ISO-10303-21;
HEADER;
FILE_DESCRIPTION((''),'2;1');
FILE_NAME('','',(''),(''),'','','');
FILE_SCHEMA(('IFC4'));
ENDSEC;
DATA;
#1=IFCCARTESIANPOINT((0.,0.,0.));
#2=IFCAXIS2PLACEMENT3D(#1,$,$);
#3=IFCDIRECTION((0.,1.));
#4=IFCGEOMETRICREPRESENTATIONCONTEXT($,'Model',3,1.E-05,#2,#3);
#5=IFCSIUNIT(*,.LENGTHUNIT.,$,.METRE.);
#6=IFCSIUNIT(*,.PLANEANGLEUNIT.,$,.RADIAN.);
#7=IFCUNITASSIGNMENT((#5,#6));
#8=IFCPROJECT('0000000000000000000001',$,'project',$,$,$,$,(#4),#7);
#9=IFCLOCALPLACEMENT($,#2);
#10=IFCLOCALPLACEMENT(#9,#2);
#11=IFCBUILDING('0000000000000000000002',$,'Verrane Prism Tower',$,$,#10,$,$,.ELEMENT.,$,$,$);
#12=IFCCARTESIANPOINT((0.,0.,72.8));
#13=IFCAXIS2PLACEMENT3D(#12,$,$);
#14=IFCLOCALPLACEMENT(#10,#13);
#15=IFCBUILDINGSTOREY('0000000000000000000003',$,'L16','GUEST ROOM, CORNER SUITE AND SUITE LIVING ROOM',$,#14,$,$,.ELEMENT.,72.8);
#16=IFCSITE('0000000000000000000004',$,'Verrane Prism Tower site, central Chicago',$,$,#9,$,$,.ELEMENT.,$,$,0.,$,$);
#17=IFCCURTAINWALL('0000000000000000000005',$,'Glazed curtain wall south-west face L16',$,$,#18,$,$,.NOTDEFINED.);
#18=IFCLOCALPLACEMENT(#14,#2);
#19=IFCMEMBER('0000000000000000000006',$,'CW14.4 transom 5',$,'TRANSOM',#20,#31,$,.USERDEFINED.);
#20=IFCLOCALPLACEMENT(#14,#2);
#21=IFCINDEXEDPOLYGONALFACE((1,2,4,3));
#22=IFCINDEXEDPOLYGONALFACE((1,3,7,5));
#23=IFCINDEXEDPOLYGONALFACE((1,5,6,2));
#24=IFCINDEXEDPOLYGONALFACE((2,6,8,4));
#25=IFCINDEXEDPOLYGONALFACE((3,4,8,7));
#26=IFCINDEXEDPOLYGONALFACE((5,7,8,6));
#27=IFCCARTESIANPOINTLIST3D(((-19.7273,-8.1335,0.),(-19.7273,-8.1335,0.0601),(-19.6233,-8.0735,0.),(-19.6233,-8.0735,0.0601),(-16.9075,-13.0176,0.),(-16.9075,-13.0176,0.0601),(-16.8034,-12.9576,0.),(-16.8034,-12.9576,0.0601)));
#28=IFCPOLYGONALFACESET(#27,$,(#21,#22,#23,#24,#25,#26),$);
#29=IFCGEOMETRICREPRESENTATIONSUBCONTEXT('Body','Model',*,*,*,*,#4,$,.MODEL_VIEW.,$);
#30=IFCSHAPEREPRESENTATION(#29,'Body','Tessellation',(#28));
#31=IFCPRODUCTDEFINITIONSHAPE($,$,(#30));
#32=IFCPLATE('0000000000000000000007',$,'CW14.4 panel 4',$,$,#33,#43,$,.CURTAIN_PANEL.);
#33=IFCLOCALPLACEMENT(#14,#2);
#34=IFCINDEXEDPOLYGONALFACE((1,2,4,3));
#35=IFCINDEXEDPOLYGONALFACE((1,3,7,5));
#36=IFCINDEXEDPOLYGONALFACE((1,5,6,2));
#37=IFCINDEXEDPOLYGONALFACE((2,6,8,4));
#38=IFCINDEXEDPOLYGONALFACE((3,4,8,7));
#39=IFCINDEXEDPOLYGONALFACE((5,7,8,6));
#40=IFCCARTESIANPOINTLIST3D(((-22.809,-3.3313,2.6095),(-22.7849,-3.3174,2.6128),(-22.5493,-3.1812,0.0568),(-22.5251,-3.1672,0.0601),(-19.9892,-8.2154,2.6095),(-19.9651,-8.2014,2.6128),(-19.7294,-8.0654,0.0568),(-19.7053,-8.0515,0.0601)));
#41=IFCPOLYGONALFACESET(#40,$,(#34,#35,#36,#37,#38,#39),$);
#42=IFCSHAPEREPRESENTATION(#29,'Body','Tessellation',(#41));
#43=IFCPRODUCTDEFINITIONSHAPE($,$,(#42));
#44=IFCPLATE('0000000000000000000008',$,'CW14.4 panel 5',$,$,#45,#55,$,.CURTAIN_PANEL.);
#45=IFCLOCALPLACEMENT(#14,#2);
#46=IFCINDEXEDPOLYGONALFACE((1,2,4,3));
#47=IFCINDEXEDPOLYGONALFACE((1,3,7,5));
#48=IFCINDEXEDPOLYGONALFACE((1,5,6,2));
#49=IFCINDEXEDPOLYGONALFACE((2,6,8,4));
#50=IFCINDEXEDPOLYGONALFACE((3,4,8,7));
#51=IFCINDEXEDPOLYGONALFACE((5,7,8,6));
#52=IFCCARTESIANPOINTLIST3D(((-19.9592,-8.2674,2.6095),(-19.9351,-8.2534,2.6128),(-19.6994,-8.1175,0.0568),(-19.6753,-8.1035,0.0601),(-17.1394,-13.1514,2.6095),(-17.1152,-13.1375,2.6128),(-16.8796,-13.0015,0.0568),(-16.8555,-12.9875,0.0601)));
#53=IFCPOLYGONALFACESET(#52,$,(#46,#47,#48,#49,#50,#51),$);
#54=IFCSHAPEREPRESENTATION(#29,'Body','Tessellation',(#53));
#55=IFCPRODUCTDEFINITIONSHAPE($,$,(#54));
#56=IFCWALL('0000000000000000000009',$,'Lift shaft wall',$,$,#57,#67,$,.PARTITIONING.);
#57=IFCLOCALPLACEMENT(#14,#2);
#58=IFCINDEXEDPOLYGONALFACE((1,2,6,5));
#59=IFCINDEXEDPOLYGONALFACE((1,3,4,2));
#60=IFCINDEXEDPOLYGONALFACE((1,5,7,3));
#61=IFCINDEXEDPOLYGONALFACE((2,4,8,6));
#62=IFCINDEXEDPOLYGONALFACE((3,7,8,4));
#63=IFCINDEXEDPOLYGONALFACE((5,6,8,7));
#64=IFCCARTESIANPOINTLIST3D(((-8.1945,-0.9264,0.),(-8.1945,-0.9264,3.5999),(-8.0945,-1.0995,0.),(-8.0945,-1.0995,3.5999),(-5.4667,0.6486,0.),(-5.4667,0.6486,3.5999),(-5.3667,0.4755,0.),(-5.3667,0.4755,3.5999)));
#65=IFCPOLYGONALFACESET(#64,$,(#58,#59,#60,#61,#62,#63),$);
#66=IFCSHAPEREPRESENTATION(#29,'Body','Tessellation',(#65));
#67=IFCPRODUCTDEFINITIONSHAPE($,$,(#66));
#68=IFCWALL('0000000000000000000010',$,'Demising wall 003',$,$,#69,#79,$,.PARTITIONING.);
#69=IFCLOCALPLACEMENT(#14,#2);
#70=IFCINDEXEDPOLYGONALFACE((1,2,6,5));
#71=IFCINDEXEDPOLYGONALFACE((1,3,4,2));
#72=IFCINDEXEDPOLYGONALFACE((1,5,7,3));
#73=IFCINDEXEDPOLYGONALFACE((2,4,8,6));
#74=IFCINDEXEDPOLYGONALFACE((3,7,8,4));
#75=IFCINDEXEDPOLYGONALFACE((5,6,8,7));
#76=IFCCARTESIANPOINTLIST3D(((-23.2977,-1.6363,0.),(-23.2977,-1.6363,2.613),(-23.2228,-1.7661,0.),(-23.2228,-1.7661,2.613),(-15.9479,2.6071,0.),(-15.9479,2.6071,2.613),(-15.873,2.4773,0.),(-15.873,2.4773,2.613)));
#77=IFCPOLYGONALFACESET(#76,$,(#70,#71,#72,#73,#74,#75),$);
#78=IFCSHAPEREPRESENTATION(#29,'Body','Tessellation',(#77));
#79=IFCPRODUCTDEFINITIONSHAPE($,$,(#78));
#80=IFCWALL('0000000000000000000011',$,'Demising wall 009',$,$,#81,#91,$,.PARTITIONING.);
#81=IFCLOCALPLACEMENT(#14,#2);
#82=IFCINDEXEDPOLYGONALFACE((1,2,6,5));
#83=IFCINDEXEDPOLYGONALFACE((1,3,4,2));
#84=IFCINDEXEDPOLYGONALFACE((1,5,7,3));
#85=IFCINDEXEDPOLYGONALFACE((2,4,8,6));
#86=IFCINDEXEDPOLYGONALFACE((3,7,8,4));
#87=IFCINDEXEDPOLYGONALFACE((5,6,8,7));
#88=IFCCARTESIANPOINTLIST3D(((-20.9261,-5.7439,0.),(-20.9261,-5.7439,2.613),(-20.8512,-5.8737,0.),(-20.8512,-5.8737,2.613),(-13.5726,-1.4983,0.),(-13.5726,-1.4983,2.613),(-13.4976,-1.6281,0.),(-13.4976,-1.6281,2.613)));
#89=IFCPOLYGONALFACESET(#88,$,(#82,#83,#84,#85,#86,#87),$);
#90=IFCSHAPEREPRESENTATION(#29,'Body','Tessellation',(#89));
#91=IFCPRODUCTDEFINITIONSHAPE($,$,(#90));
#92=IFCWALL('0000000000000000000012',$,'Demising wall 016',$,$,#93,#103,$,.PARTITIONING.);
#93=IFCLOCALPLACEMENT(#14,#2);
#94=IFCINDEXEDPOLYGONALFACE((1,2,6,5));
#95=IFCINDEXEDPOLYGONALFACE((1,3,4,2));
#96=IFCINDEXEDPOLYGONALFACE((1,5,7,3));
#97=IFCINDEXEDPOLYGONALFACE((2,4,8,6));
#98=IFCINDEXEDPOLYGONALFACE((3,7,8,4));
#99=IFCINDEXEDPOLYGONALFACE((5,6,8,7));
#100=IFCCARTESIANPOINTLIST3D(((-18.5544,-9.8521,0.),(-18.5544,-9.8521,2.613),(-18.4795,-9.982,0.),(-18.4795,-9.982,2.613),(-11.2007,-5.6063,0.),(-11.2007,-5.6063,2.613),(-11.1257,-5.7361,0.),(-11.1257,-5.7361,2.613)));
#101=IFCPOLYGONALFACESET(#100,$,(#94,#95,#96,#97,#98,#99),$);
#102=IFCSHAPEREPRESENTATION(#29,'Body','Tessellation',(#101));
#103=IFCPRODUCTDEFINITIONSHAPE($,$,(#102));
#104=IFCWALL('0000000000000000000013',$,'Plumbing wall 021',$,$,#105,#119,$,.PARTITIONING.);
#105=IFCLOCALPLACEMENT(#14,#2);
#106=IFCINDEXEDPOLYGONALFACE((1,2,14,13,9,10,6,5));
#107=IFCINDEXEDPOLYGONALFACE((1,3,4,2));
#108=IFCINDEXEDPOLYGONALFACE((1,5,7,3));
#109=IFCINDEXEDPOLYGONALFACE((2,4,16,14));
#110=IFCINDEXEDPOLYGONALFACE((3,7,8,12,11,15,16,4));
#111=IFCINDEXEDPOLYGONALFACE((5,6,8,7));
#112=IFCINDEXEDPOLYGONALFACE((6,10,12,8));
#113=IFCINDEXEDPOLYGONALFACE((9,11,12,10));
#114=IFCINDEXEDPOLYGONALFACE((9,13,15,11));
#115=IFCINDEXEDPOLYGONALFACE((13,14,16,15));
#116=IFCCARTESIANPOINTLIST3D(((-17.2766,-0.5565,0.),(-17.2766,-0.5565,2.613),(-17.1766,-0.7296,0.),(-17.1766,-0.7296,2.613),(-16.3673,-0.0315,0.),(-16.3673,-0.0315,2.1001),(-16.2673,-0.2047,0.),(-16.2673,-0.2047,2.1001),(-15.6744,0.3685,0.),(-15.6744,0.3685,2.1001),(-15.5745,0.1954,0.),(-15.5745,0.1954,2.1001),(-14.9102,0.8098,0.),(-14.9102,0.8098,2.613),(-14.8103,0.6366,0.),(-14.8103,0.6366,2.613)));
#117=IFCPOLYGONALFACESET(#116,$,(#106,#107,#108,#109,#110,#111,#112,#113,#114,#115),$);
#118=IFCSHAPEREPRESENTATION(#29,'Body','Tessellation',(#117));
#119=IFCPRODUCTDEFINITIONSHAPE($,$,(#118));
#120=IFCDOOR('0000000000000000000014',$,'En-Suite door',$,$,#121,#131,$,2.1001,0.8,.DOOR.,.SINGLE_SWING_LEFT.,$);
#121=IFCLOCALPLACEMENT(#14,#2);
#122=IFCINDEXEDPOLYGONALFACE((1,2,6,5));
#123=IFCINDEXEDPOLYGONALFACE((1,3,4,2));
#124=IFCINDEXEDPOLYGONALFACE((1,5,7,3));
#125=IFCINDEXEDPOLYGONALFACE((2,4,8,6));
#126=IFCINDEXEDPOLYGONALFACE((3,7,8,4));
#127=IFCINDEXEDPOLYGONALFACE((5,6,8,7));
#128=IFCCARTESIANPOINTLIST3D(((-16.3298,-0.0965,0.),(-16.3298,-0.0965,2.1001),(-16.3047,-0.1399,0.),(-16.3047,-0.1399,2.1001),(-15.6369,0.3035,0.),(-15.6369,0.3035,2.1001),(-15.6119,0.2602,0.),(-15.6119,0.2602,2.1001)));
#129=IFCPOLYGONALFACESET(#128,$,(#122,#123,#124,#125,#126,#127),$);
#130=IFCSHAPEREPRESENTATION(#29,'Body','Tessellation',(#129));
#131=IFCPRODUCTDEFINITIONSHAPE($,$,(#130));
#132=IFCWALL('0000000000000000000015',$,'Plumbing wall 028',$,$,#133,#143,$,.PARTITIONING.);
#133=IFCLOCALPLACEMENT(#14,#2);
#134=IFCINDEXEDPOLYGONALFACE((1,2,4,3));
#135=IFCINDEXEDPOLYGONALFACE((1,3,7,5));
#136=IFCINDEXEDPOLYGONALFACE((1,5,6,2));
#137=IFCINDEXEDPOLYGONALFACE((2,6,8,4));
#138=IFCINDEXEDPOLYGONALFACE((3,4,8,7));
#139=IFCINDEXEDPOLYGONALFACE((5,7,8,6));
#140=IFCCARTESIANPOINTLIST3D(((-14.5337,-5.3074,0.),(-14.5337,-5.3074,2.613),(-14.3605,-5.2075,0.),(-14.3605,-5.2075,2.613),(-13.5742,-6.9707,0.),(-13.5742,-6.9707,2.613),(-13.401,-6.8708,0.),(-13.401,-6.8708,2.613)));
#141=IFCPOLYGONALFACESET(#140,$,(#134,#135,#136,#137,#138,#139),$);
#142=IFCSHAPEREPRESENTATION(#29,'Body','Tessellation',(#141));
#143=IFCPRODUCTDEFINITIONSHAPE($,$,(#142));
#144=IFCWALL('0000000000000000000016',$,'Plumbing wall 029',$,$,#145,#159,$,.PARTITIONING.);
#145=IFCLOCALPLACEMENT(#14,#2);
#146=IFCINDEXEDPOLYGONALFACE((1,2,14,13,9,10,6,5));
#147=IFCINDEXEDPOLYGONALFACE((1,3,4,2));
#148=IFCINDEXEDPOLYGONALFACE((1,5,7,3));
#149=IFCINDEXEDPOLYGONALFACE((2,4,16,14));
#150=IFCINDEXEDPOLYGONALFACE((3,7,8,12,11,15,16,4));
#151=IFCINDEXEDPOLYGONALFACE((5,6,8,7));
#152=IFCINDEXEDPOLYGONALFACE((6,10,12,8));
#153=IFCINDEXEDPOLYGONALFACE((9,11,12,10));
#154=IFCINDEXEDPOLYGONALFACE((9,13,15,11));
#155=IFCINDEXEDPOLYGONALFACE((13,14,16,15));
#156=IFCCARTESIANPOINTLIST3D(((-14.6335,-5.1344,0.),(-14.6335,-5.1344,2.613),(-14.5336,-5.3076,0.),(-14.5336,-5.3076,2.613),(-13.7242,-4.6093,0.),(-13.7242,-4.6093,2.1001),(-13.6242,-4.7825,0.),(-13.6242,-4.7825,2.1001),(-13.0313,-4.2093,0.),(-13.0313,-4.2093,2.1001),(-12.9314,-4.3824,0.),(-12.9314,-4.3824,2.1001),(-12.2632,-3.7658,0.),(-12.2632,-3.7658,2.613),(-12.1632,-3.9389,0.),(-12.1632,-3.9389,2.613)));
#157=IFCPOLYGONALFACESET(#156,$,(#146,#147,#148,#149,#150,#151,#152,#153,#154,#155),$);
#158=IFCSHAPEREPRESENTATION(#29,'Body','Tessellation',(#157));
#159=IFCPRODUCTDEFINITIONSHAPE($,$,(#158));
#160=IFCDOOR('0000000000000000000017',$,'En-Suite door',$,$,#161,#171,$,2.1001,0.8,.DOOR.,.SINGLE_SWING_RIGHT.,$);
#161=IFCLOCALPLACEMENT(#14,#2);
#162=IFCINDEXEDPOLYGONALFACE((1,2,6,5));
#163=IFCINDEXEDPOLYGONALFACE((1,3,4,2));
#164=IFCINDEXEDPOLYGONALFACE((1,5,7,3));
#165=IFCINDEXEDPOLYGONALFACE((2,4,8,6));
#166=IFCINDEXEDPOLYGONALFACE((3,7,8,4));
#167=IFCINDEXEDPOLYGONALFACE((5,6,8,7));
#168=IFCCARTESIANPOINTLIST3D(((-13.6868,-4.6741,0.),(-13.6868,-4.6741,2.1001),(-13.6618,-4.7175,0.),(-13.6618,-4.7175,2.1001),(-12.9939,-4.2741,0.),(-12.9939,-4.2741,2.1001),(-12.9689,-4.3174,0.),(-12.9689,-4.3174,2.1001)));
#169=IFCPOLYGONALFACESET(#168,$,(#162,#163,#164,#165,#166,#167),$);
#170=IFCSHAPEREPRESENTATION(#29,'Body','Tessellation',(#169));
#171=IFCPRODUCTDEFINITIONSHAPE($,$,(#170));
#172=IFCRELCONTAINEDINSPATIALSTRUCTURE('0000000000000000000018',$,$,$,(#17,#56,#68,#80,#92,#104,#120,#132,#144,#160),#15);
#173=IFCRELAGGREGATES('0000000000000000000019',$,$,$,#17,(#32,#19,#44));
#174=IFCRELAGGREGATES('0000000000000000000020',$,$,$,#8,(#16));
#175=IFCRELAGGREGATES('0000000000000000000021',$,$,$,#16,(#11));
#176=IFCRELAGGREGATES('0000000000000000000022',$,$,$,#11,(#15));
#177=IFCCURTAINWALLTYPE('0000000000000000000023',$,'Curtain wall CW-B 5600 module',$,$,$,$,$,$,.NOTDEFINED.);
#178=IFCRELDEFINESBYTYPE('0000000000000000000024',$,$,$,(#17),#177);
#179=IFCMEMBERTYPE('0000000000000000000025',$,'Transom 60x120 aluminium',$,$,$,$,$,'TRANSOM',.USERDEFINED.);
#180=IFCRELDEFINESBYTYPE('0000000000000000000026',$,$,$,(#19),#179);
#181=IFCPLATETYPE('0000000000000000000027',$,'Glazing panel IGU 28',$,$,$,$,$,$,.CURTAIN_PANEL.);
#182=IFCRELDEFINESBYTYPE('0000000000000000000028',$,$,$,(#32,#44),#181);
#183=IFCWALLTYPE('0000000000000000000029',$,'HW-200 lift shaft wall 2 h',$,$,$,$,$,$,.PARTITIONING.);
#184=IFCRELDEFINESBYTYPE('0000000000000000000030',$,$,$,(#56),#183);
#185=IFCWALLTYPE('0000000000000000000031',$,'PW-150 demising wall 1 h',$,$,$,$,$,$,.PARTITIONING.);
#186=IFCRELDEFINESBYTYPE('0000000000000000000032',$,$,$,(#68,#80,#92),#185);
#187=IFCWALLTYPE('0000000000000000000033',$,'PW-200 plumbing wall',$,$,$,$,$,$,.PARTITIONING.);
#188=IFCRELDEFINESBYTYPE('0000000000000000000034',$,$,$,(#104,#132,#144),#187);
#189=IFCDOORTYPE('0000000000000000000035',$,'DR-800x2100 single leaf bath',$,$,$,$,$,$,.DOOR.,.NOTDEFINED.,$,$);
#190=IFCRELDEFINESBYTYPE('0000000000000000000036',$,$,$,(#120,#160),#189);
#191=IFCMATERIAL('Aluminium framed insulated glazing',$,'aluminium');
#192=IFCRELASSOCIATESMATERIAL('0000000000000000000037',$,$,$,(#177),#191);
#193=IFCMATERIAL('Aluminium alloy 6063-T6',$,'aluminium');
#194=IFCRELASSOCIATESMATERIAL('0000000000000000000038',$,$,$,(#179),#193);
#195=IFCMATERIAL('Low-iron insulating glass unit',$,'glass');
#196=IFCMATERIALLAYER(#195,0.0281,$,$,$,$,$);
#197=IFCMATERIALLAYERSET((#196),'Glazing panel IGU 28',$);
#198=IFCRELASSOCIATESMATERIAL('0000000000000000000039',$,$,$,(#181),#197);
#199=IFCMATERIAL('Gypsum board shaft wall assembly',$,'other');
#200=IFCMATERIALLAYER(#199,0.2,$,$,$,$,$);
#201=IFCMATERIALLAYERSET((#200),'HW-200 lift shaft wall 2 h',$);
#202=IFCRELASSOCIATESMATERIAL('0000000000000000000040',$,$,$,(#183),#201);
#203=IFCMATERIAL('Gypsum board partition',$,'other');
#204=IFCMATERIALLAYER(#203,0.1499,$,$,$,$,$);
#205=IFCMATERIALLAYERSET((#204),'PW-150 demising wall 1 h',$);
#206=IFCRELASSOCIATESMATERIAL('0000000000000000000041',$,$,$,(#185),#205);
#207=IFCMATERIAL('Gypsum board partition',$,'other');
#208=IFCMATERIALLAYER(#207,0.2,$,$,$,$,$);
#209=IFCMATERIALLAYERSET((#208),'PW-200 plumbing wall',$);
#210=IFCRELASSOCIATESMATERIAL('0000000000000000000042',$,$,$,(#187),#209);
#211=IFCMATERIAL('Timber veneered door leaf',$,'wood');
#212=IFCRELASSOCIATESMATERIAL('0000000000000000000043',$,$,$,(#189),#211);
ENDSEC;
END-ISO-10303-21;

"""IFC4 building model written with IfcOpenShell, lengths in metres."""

from ifc_helpers import new_model, si_unit, direction, frame, frame_2d, origin, origin_2d, place, context, subcontext, project, spatial, polyline, rectangle, outline, extrude, material, layer, layer_set, material_profile, profile_set, type_object, element, fill, aggregate, save


model = new_model("IFC4")

# Units and contexts
model_context = context("Model", 3, precision=1e-05, world=origin(), true_north=direction((0.0, 1.0)))
body_context = subcontext(model_context, "Body", "Model", "MODEL_VIEW")
ifc_project = project(units=[si_unit("LENGTHUNIT", "METRE"), si_unit("PLANEANGLEUNIT", "RADIAN")], contexts=[model_context])

# Site, building, storey
site_placement = place(None, origin())
site = spatial("IfcSite", under=ifc_project, at=site_placement, Name="Verrane Prism Tower site, central Chicago", CompositionType="ELEMENT", RefElevation=0.0)
building_placement = place(site_placement, origin())
building = spatial("IfcBuilding", under=site, at=building_placement, Name="Verrane Prism Tower", CompositionType="ELEMENT")
storey_placement = place(building_placement, frame((0.0, 0.0, 72.8)))
storey = spatial("IfcBuildingStorey", under=building, at=storey_placement, Name="L16", Description="GUEST ROOM, CORNER SUITE AND SUITE LIVING ROOM", CompositionType="ELEMENT", Elevation=72.8)

# Curtain wall
ifc_material_1 = material(Name="Aluminium framed insulated glazing", Category="aluminium")
curtain_wall_type = type_object("IfcCurtainWallType", Name="Curtain wall CW-B 5600 module", PredefinedType="NOTDEFINED", material=ifc_material_1)
curtain_wall_placement = place(storey_placement, origin())
curtain_wall = element("IfcCurtainWall", 1, at=curtain_wall_placement, inside=storey, type_object=curtain_wall_type, Name="Glazed curtain wall south-west face L16", PredefinedType="NOTDEFINED")

# Member
ifc_material_2 = material(Name="Aluminium alloy 6063-T6", Category="aluminium")
ifc_material_profile_1 = material_profile(ifc_material_2, rectangle(XDim=0.1201, YDim=0.0601, at=origin_2d()), Name="Transom 60x120 aluminium")
ifc_profile_set_1 = profile_set([ifc_material_profile_1], Name="Aluminium alloy 6063-T6")
member_type_1 = type_object("IfcMemberType", Name="Transom 60x120 aluminium", ElementType="TRANSOM", PredefinedType="USERDEFINED", material=ifc_profile_set_1)
member_1_placement = place(storey_placement, frame((-19.6753, -8.1035, 0.03), z_axis=(0.500004, -0.866023, 0.0), x_axis=(0.866023, 0.500004, 0.0)))
member_1 = element("IfcMember", 2, at=member_1_placement, type_object=member_type_1, Name="CW14.4 transom 5", ObjectType="TRANSOM", PredefinedType="USERDEFINED", context=body_context, shape_type="SweptSolid", body=[
    extrude(rectangle(XDim=0.1201, YDim=0.0601, at=origin_2d()), origin(), (0.0, 0.0, 1.0), 5.6396),
])

# Plates
ifc_material_3 = material(Name="Low-iron insulating glass unit", Category="glass")
ifc_layer_1 = layer(ifc_material_3, 0.0281)
ifc_layer_set_1 = layer_set([ifc_layer_1], Name="Glazing panel IGU 28")
plate_type = type_object("IfcPlateType", Name="Glazing panel IGU 28", PredefinedType="CURTAIN_PANEL", material=ifc_layer_set_1)
plate_1_placement = place(storey_placement, frame((-22.5251, -3.1672, 0.0601), z_axis=(0.860111, 0.496577, 0.116709), x_axis=(0.499994, -0.866029, 0.000001)))
plate_1 = element("IfcPlate", 3, at=plate_1_placement, type_object=plate_type, Name="CW14.4 panel 4", PredefinedType="CURTAIN_PANEL", context=body_context, shape_type="SweptSolid", body=[
    extrude(outline(polyline([(0.0, 0.0), (5.6398, 0.0), (5.6398, -2.5703), (0.0002, -2.5703), (0.0, 0.0)])), origin(), (0.0, 0.0, -1.0), 0.0281),
])
plate_2_placement = place(storey_placement, frame((-19.6753, -8.1035, 0.0601), z_axis=(0.860108, 0.496588, 0.116685), x_axis=(0.500004, -0.866023, 0.0)))
plate_2 = element("IfcPlate", 4, at=plate_2_placement, type_object=plate_type, Name="CW14.4 panel 5", PredefinedType="CURTAIN_PANEL", context=body_context, shape_type="SweptSolid", body=[
    extrude(outline(polyline([(0.0, 0.0), (5.6396, 0.0), (5.6395, -2.5703), (-0.0001, -2.5703), (0.0, 0.0)])), origin(), (0.0, 0.0, -1.0), 0.0281),
])
aggregate(curtain_wall, [plate_1, member_1, plate_2])

# Walls
ifc_material_4 = material(Name="Gypsum board shaft wall assembly", Category="other")
ifc_layer_2 = layer(ifc_material_4, 0.2)
ifc_layer_set_2 = layer_set([ifc_layer_2], Name="HW-200 lift shaft wall 2 h")
wall_type_1 = type_object("IfcWallType", Name="HW-200 lift shaft wall 2 h", PredefinedType="PARTITIONING", material=ifc_layer_set_2)
wall_1_placement = place(storey_placement, frame((-8.1445, -1.0129, 0.0), z_axis=(0.0, 0.0, 1.0), x_axis=(0.866016, 0.500015, 0.0)))
element("IfcWall", 5, at=wall_1_placement, inside=storey, type_object=wall_type_1, Name="Lift shaft wall", PredefinedType="PARTITIONING", context=body_context, shape_type="SweptSolid", body=[
    extrude(rectangle(XDim=3.1499, YDim=0.2, at=frame_2d((1.575, 0.0))), origin(), (0.0, 0.0, 1.0), 3.5999),
])
ifc_material_5 = material(Name="Gypsum board partition", Category="other")
ifc_layer_3 = layer(ifc_material_5, 0.1499)
ifc_layer_set_3 = layer_set([ifc_layer_3], Name="PW-150 demising wall 1 h")
wall_type_2 = type_object("IfcWallType", Name="PW-150 demising wall 1 h", PredefinedType="PARTITIONING", material=ifc_layer_set_3)
wall_2_placement = place(storey_placement, frame((-23.2603, -1.7012, 0.0), z_axis=(0.0, 0.0, 1.0), x_axis=(0.866027, 0.499997, 0.0)))
element("IfcWall", 6, at=wall_2_placement, inside=storey, type_object=wall_type_2, Name="Demising wall 003", PredefinedType="PARTITIONING", context=body_context, shape_type="SweptSolid", body=[
    extrude(rectangle(XDim=8.4868, YDim=0.1499, at=frame_2d((4.2434, 0.0))), origin(), (0.0, 0.0, 1.0), 2.613),
])
wall_3_placement = place(storey_placement, frame((-20.8887, -5.8088, 0.0), z_axis=(0.0, 0.0, 1.0), x_axis=(0.866023, 0.500005, 0.0)))
element("IfcWall", 7, at=wall_3_placement, inside=storey, type_object=wall_type_2, Name="Demising wall 009", PredefinedType="PARTITIONING", context=body_context, shape_type="SweptSolid", body=[
    extrude(rectangle(XDim=8.4912, YDim=0.1499, at=frame_2d((4.2456, 0.0))), origin(), (0.0, 0.0, 1.0), 2.613),
])
wall_4_placement = place(storey_placement, frame((-18.5168, -9.917, 0.0), z_axis=(0.0, 0.0, 1.0), x_axis=(0.866018, 0.500014, 0.0)))
element("IfcWall", 8, at=wall_4_placement, inside=storey, type_object=wall_type_2, Name="Demising wall 016", PredefinedType="PARTITIONING", context=body_context, shape_type="SweptSolid", body=[
    extrude(rectangle(XDim=8.4915, YDim=0.1499, at=frame_2d((4.2456, 0.0))), origin(), (0.0, 0.0, 1.0), 2.613),
])

# Wall, opening, door
ifc_material_6 = material(Name="Gypsum board partition", Category="other")
ifc_layer_4 = layer(ifc_material_6, 0.2)
ifc_layer_set_4 = layer_set([ifc_layer_4], Name="PW-200 plumbing wall")
wall_type_3 = type_object("IfcWallType", Name="PW-200 plumbing wall", PredefinedType="PARTITIONING", material=ifc_layer_set_4)
wall_5_placement = place(storey_placement, frame((-17.2266, -0.6431, 0.0), z_axis=(0.0, 0.0, 1.0), x_axis=(0.866013, 0.500022, 0.0)))
wall_5 = element("IfcWall", 9, at=wall_5_placement, inside=storey, type_object=wall_type_3, Name="Plumbing wall 021", PredefinedType="PARTITIONING", context=body_context, shape_type="SweptSolid", body=[
    extrude(rectangle(XDim=2.7324, YDim=0.2, at=frame_2d((1.3662, 0.0))), origin(), (0.0, 0.0, 1.0), 2.613),
])
opening_1_placement = place(wall_5_placement, frame((1.05, 0.0, 0.0)))
opening_1 = element("IfcOpeningElement", 10, at=opening_1_placement, cuts=wall_5, PredefinedType="OPENING", context=body_context, shape_type="SweptSolid", body=[
    extrude(rectangle(XDim=0.8, YDim=2.1001, at=frame_2d((0.3999, 1.05))), frame((0.0, 0.1099, 0.0), z_axis=(0.0, -1.0, 0.0), x_axis=(1.0, 0.0, 0.0)), (0.0, 0.0, 1.0), 0.22),
])
ifc_material_7 = material(Name="Timber veneered door leaf", Category="wood")
door_type = type_object("IfcDoorType", Name="DR-800x2100 single leaf bath", OperationType="NOTDEFINED", PredefinedType="DOOR", material=ifc_material_7)
door_1_placement = place(opening_1_placement, origin())
door_1 = element("IfcDoor", 11, at=door_1_placement, inside=storey, type_object=door_type, Name="En-Suite door", OperationType="SINGLE_SWING_LEFT", OverallHeight=2.1001, OverallWidth=0.8, PredefinedType="DOOR", context=body_context, shape_type="SweptSolid", body=[
    extrude(rectangle(XDim=0.8, YDim=2.1001, at=frame_2d((0.3999, 1.05))), frame((0.0, 0.0249, 0.0), z_axis=(0.0, -1.0, 0.0), x_axis=(1.0, 0.0, 0.0)), (0.0, 0.0, 1.0), 0.05),
])
fill(opening_1, door_1)

# Wall
wall_6_placement = place(storey_placement, frame((-14.447, -5.2576, 0.0), z_axis=(0.0, 0.0, 1.0), x_axis=(0.499667, -0.866217, 0.0)))
element("IfcWall", 12, at=wall_6_placement, inside=storey, type_object=wall_type_3, Name="Plumbing wall 028", PredefinedType="PARTITIONING", context=body_context, shape_type="SweptSolid", body=[
    extrude(rectangle(XDim=1.9202, YDim=0.2, at=frame_2d((0.96, 0.0))), origin(), (0.0, 0.0, 1.0), 2.613),
])

# Wall, opening, door
wall_7_placement = place(storey_placement, frame((-12.2131, -3.8523, 0.0), z_axis=(0.0, 0.0, 1.0), x_axis=(-0.866006, -0.500034, 0.0)))
wall_7 = element("IfcWall", 13, at=wall_7_placement, inside=storey, type_object=wall_type_3, Name="Plumbing wall 029", PredefinedType="PARTITIONING", context=body_context, shape_type="SweptSolid", body=[
    extrude(rectangle(XDim=2.7371, YDim=0.2, at=frame_2d((1.3687, 0.0))), origin(), (0.0, 0.0, 1.0), 2.613),
])
opening_2_placement = place(wall_7_placement, frame((0.8872, 0.0, 0.0)))
opening_2 = element("IfcOpeningElement", 14, at=opening_2_placement, cuts=wall_7, PredefinedType="OPENING", context=body_context, shape_type="SweptSolid", body=[
    extrude(rectangle(XDim=0.8, YDim=2.1001, at=frame_2d((0.3999, 1.05))), frame((0.0, 0.1099, 0.0), z_axis=(0.0, -1.0, 0.0), x_axis=(1.0, 0.0, 0.0)), (0.0, 0.0, 1.0), 0.22),
])
door_2_placement = place(opening_2_placement, origin())
door_2 = element("IfcDoor", 15, at=door_2_placement, inside=storey, type_object=door_type, Name="En-Suite door", OperationType="SINGLE_SWING_RIGHT", OverallHeight=2.1001, OverallWidth=0.8, PredefinedType="DOOR", context=body_context, shape_type="SweptSolid", body=[
    extrude(rectangle(XDim=0.8, YDim=2.1001, at=frame_2d((0.3999, 1.05))), frame((0.0, 0.0249, 0.0), z_axis=(0.0, -1.0, 0.0), x_axis=(1.0, 0.0, 0.0)), (0.0, 0.0, 1.0), 0.05),
])
fill(opening_2, door_2)

save(model, "model.ifc")
